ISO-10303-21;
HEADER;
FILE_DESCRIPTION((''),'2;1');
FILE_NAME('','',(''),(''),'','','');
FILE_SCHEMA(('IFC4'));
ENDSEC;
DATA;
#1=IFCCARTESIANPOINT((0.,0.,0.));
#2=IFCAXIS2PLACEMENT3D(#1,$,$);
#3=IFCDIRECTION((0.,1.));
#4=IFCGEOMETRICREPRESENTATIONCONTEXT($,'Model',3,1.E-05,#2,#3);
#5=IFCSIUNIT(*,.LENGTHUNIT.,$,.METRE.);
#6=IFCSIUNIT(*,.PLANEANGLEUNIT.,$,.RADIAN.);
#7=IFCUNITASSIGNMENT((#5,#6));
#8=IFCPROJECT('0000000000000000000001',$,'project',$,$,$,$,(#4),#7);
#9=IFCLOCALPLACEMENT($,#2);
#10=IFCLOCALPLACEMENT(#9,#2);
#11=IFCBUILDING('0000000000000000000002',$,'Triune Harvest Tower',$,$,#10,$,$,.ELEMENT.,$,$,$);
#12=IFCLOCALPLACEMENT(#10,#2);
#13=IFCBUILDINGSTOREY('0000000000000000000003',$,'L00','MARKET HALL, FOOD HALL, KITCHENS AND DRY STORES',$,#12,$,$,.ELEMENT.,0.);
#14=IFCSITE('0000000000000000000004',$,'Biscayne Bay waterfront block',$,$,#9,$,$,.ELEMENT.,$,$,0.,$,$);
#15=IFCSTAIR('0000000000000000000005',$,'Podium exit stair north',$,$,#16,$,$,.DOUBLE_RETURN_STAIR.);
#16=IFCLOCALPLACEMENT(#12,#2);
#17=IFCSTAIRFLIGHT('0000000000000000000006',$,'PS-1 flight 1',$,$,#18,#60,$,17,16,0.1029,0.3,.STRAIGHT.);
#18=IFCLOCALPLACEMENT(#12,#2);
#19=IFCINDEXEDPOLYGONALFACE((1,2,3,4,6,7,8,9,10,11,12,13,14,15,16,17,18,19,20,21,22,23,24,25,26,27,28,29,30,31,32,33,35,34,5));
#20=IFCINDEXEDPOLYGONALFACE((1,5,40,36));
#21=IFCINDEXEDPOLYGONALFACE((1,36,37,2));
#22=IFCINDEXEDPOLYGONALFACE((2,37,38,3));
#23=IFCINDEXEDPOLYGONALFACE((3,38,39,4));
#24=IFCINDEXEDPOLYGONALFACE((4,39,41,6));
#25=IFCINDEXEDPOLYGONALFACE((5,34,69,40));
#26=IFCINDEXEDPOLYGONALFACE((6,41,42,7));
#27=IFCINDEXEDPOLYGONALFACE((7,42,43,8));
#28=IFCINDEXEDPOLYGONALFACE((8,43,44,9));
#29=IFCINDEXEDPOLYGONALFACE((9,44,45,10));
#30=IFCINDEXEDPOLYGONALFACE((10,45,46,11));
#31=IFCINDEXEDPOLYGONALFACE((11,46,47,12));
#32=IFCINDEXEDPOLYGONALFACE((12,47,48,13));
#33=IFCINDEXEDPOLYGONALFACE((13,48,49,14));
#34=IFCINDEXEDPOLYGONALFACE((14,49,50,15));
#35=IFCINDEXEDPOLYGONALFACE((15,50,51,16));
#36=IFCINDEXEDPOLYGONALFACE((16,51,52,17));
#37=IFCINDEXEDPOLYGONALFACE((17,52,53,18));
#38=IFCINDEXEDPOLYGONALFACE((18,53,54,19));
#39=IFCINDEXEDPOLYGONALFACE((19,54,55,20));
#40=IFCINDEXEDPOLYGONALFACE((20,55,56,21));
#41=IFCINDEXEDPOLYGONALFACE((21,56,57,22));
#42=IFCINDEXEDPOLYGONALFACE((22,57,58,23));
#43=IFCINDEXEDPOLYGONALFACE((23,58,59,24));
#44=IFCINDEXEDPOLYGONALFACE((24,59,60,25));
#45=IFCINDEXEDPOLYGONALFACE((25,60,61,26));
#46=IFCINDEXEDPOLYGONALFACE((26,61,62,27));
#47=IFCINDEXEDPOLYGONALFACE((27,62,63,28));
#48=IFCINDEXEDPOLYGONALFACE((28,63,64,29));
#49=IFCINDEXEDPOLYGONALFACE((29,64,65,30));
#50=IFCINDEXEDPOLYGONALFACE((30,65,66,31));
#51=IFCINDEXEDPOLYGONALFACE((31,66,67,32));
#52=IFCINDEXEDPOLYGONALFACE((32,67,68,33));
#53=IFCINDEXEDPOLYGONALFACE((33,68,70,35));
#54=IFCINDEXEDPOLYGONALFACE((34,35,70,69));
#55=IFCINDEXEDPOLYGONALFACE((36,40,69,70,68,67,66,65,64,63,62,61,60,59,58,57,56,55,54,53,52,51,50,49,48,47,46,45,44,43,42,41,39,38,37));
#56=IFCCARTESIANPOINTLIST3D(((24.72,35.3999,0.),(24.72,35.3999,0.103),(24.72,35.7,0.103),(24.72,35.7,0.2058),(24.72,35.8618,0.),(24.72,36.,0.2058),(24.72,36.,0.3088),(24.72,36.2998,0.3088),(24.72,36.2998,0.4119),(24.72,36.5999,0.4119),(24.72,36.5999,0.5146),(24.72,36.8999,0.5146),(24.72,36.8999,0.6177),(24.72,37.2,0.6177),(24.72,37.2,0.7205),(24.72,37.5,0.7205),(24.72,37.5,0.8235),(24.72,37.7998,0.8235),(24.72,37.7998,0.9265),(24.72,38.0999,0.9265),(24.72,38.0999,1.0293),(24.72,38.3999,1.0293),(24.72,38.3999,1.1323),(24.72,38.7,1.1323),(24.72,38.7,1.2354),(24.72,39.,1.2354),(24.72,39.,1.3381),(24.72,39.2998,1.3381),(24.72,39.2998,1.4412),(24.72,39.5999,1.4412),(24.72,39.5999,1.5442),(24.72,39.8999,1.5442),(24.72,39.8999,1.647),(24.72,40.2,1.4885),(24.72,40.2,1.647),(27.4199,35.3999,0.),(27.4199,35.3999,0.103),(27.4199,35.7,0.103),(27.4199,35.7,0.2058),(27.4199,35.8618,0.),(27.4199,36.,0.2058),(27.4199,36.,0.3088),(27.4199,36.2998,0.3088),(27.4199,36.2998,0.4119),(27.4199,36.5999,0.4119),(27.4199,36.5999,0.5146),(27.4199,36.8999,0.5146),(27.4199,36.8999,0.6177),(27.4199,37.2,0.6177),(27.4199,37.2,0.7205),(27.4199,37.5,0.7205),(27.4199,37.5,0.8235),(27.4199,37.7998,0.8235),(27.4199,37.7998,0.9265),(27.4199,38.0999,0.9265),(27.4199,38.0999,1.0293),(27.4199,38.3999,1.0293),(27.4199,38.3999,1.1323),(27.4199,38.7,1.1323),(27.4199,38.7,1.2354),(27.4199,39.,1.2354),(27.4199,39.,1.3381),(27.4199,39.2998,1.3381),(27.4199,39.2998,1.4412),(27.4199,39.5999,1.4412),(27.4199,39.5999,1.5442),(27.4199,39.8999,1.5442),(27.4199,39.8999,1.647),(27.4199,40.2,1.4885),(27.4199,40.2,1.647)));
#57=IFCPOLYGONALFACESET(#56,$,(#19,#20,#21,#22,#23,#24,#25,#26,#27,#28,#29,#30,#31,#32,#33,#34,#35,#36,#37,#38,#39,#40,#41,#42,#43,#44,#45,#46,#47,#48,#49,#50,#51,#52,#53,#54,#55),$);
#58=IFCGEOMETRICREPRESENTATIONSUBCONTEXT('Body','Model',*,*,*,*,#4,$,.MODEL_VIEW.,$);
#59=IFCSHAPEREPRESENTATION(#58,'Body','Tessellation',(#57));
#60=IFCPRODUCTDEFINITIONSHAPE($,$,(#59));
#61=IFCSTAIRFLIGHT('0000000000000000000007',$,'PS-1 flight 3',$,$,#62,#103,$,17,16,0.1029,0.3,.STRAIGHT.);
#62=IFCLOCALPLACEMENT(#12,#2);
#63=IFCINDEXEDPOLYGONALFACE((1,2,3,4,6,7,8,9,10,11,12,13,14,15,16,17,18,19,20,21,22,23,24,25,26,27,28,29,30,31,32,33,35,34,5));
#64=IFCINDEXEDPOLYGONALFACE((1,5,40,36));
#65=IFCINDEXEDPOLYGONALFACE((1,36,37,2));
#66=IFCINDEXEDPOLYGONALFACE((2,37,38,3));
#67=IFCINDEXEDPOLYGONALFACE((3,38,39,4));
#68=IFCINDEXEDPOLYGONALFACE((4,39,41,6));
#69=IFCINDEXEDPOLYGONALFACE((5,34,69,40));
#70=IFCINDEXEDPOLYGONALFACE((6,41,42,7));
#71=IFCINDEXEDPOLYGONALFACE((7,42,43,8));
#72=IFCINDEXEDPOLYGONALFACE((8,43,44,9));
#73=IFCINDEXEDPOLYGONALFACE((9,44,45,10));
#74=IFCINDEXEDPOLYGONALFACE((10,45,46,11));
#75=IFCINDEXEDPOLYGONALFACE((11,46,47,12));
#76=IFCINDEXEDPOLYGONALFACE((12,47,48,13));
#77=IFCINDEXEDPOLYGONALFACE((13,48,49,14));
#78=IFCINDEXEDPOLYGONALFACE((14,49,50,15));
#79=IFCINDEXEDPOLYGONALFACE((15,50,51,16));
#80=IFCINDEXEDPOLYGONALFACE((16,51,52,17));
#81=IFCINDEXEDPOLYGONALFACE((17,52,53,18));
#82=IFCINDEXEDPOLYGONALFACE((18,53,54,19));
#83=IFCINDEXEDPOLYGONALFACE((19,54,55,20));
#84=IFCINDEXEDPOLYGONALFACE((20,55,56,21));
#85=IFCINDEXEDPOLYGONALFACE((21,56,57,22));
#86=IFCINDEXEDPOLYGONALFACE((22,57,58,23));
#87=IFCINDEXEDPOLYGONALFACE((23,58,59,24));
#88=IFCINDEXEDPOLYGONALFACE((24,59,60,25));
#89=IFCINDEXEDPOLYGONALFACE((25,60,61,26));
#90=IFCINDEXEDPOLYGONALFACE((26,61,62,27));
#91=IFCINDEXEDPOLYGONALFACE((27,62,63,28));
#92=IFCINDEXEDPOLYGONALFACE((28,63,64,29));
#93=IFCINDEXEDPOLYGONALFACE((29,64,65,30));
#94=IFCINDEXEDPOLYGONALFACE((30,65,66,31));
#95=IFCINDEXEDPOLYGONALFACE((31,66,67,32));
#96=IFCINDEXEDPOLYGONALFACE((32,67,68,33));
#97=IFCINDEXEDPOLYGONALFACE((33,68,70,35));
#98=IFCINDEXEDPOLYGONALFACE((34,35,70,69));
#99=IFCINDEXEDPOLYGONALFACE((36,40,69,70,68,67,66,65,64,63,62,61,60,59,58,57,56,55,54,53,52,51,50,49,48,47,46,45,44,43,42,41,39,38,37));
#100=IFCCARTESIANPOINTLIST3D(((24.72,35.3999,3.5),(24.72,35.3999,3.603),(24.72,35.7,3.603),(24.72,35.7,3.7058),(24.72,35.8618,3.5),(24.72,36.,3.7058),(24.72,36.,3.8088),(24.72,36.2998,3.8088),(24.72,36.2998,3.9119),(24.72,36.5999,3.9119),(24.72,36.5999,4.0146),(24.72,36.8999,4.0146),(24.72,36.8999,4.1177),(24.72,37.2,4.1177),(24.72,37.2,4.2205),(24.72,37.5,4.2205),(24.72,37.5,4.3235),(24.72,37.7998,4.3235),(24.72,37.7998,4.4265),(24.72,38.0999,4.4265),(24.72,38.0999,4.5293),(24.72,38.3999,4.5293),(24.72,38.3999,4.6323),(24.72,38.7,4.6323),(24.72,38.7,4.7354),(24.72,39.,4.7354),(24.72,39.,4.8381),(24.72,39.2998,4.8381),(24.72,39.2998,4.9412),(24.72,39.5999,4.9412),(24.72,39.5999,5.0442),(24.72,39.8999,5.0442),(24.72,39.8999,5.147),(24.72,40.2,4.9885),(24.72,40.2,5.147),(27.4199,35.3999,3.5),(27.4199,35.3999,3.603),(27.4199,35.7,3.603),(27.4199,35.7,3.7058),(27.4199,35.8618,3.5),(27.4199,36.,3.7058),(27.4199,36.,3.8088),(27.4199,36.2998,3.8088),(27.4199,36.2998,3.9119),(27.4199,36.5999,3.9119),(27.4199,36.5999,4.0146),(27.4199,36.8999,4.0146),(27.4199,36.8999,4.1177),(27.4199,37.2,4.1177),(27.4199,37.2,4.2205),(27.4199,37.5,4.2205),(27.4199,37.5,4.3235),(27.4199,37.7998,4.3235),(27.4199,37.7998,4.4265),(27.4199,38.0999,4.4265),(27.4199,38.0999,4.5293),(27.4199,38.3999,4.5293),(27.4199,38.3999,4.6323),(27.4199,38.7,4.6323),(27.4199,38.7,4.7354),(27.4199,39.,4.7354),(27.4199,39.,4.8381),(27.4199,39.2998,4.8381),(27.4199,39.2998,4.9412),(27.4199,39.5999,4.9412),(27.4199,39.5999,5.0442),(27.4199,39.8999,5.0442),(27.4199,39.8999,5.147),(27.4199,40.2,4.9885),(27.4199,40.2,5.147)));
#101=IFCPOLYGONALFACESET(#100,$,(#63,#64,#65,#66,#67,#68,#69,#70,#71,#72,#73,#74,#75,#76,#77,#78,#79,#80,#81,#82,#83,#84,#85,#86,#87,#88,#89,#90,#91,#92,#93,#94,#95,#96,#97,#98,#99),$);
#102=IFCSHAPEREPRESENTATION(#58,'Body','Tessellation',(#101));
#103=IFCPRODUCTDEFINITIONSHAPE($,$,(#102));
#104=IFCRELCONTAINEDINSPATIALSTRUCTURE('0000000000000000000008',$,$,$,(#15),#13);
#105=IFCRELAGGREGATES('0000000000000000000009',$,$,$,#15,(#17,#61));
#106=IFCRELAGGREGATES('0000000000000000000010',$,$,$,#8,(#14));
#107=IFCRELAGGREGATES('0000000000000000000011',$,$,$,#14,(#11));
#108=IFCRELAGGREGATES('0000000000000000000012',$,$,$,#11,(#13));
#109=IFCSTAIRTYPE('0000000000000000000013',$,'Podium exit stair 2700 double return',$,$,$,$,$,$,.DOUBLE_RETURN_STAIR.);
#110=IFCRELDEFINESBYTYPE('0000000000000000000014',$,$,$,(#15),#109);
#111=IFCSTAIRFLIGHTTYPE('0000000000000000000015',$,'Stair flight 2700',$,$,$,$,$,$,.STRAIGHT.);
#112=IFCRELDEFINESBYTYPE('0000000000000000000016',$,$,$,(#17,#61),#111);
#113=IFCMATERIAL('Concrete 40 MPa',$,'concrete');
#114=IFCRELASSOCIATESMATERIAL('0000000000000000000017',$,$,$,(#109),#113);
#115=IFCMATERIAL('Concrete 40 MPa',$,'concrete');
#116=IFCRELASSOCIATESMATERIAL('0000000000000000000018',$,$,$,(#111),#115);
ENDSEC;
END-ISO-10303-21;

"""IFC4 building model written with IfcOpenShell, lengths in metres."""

from ifc_helpers import new_model, si_unit, direction, frame, origin, place, context, subcontext, project, spatial, polyline, outline, extrude, source, transform, mapped, material, type_object, element, aggregate, save


model = new_model("IFC4")

# Units and contexts
model_context = context("Model", 3, precision=1e-05, world=origin(), true_north=direction((0.0, 1.0)))
body_context = subcontext(model_context, "Body", "Model", "MODEL_VIEW")
ifc_project = project(units=[si_unit("LENGTHUNIT", "METRE"), si_unit("PLANEANGLEUNIT", "RADIAN")], contexts=[model_context])

# Site, building, storey
site_placement = place(None, origin())
site = spatial("IfcSite", under=ifc_project, at=site_placement, Name="Biscayne Bay waterfront block", CompositionType="ELEMENT", RefElevation=0.0)
building_placement = place(site_placement, origin())
building = spatial("IfcBuilding", under=site, at=building_placement, Name="Triune Harvest Tower", CompositionType="ELEMENT")
storey_placement = place(building_placement, origin())
storey = spatial("IfcBuildingStorey", under=building, at=storey_placement, Name="L00", Description="MARKET HALL, FOOD HALL, KITCHENS AND DRY STORES", CompositionType="ELEMENT", Elevation=0.0)

# Stair, stair flights
ifc_material_1 = material(Name="Concrete 40 MPa", Category="concrete")
stair_type = type_object("IfcStairType", Name="Podium exit stair 2700 double return", PredefinedType="DOUBLE_RETURN_STAIR", material=ifc_material_1)
stair_placement = place(storey_placement, origin())
stair = element("IfcStair", 1, at=stair_placement, inside=storey, type_object=stair_type, Name="Podium exit stair north", PredefinedType="DOUBLE_RETURN_STAIR")
ifc_material_2 = material(Name="Concrete 40 MPa", Category="concrete")
stair_flight_type = type_object("IfcStairFlightType", Name="Stair flight 2700", PredefinedType="STRAIGHT", material=ifc_material_2)
shared_shape_1 = source(origin(), body_context, "Body", "SweptSolid", [
    extrude(outline(polyline([(0.0, 0.0), (0.0, 0.103), (0.3, 0.103), (0.3, 0.2058), (0.6001, 0.2058), (0.6001, 0.3088), (0.8999, 0.3088), (0.8999, 0.4119), (1.2, 0.4119), (1.2, 0.5146), (1.5, 0.5146), (1.5, 0.6177), (1.8, 0.6177), (1.8, 0.7205), (2.1001, 0.7205), (2.1001, 0.8235), (2.3999, 0.8235), (2.3999, 0.9265), (2.7, 0.9265), (2.7, 1.0293), (3.0, 1.0293), (3.0, 1.1323), (3.3, 1.1323), (3.3, 1.2354), (3.6001, 1.2354), (3.6001, 1.3381), (3.8999, 1.3381), (3.8999, 1.4412), (4.2, 1.4412), (4.2, 1.5442), (4.5, 1.5442), (4.5, 1.647), (4.8, 1.647), (4.8, 1.75), (4.8, 1.4885), (0.4619, 0.0), (0.0, 0.0)])), frame((0.0, 1.3501, 0.0), z_axis=(0.0, -1.0, 0.0), x_axis=(1.0, 0.0, 0.0)), (0.0, 0.0, 1.0), 2.7),
])
stair_flight_1_placement = place(storey_placement, frame((26.0701, 35.3999, 0.0), z_axis=(0.0, 0.0, 1.0), x_axis=(0.0, 1.0, 0.0)))
stair_flight_1 = element("IfcStairFlight", 2, at=stair_flight_1_placement, type_object=stair_flight_type, Name="PS-1 flight 1", NumberOfRisers=17, NumberOfTreads=16, PredefinedType="STRAIGHT", RiserHeight=0.1029, TreadLength=0.3, context=body_context, shape_type="MappedRepresentation", body=[
    mapped(shared_shape_1, transform((0.0, 0.0, 0.0), scale=1.0)),
])
stair_flight_2_placement = place(storey_placement, frame((26.0701, 35.3999, 3.5), z_axis=(0.0, 0.0, 1.0), x_axis=(0.0, 1.0, 0.0)))
stair_flight_2 = element("IfcStairFlight", 3, at=stair_flight_2_placement, type_object=stair_flight_type, Name="PS-1 flight 3", NumberOfRisers=17, NumberOfTreads=16, PredefinedType="STRAIGHT", RiserHeight=0.1029, TreadLength=0.3, context=body_context, shape_type="MappedRepresentation", body=[
    mapped(shared_shape_1, transform((0.0, 0.0, 0.0), scale=1.0)),
])
aggregate(stair, [stair_flight_1, stair_flight_2])

save(model, "model.ifc")
